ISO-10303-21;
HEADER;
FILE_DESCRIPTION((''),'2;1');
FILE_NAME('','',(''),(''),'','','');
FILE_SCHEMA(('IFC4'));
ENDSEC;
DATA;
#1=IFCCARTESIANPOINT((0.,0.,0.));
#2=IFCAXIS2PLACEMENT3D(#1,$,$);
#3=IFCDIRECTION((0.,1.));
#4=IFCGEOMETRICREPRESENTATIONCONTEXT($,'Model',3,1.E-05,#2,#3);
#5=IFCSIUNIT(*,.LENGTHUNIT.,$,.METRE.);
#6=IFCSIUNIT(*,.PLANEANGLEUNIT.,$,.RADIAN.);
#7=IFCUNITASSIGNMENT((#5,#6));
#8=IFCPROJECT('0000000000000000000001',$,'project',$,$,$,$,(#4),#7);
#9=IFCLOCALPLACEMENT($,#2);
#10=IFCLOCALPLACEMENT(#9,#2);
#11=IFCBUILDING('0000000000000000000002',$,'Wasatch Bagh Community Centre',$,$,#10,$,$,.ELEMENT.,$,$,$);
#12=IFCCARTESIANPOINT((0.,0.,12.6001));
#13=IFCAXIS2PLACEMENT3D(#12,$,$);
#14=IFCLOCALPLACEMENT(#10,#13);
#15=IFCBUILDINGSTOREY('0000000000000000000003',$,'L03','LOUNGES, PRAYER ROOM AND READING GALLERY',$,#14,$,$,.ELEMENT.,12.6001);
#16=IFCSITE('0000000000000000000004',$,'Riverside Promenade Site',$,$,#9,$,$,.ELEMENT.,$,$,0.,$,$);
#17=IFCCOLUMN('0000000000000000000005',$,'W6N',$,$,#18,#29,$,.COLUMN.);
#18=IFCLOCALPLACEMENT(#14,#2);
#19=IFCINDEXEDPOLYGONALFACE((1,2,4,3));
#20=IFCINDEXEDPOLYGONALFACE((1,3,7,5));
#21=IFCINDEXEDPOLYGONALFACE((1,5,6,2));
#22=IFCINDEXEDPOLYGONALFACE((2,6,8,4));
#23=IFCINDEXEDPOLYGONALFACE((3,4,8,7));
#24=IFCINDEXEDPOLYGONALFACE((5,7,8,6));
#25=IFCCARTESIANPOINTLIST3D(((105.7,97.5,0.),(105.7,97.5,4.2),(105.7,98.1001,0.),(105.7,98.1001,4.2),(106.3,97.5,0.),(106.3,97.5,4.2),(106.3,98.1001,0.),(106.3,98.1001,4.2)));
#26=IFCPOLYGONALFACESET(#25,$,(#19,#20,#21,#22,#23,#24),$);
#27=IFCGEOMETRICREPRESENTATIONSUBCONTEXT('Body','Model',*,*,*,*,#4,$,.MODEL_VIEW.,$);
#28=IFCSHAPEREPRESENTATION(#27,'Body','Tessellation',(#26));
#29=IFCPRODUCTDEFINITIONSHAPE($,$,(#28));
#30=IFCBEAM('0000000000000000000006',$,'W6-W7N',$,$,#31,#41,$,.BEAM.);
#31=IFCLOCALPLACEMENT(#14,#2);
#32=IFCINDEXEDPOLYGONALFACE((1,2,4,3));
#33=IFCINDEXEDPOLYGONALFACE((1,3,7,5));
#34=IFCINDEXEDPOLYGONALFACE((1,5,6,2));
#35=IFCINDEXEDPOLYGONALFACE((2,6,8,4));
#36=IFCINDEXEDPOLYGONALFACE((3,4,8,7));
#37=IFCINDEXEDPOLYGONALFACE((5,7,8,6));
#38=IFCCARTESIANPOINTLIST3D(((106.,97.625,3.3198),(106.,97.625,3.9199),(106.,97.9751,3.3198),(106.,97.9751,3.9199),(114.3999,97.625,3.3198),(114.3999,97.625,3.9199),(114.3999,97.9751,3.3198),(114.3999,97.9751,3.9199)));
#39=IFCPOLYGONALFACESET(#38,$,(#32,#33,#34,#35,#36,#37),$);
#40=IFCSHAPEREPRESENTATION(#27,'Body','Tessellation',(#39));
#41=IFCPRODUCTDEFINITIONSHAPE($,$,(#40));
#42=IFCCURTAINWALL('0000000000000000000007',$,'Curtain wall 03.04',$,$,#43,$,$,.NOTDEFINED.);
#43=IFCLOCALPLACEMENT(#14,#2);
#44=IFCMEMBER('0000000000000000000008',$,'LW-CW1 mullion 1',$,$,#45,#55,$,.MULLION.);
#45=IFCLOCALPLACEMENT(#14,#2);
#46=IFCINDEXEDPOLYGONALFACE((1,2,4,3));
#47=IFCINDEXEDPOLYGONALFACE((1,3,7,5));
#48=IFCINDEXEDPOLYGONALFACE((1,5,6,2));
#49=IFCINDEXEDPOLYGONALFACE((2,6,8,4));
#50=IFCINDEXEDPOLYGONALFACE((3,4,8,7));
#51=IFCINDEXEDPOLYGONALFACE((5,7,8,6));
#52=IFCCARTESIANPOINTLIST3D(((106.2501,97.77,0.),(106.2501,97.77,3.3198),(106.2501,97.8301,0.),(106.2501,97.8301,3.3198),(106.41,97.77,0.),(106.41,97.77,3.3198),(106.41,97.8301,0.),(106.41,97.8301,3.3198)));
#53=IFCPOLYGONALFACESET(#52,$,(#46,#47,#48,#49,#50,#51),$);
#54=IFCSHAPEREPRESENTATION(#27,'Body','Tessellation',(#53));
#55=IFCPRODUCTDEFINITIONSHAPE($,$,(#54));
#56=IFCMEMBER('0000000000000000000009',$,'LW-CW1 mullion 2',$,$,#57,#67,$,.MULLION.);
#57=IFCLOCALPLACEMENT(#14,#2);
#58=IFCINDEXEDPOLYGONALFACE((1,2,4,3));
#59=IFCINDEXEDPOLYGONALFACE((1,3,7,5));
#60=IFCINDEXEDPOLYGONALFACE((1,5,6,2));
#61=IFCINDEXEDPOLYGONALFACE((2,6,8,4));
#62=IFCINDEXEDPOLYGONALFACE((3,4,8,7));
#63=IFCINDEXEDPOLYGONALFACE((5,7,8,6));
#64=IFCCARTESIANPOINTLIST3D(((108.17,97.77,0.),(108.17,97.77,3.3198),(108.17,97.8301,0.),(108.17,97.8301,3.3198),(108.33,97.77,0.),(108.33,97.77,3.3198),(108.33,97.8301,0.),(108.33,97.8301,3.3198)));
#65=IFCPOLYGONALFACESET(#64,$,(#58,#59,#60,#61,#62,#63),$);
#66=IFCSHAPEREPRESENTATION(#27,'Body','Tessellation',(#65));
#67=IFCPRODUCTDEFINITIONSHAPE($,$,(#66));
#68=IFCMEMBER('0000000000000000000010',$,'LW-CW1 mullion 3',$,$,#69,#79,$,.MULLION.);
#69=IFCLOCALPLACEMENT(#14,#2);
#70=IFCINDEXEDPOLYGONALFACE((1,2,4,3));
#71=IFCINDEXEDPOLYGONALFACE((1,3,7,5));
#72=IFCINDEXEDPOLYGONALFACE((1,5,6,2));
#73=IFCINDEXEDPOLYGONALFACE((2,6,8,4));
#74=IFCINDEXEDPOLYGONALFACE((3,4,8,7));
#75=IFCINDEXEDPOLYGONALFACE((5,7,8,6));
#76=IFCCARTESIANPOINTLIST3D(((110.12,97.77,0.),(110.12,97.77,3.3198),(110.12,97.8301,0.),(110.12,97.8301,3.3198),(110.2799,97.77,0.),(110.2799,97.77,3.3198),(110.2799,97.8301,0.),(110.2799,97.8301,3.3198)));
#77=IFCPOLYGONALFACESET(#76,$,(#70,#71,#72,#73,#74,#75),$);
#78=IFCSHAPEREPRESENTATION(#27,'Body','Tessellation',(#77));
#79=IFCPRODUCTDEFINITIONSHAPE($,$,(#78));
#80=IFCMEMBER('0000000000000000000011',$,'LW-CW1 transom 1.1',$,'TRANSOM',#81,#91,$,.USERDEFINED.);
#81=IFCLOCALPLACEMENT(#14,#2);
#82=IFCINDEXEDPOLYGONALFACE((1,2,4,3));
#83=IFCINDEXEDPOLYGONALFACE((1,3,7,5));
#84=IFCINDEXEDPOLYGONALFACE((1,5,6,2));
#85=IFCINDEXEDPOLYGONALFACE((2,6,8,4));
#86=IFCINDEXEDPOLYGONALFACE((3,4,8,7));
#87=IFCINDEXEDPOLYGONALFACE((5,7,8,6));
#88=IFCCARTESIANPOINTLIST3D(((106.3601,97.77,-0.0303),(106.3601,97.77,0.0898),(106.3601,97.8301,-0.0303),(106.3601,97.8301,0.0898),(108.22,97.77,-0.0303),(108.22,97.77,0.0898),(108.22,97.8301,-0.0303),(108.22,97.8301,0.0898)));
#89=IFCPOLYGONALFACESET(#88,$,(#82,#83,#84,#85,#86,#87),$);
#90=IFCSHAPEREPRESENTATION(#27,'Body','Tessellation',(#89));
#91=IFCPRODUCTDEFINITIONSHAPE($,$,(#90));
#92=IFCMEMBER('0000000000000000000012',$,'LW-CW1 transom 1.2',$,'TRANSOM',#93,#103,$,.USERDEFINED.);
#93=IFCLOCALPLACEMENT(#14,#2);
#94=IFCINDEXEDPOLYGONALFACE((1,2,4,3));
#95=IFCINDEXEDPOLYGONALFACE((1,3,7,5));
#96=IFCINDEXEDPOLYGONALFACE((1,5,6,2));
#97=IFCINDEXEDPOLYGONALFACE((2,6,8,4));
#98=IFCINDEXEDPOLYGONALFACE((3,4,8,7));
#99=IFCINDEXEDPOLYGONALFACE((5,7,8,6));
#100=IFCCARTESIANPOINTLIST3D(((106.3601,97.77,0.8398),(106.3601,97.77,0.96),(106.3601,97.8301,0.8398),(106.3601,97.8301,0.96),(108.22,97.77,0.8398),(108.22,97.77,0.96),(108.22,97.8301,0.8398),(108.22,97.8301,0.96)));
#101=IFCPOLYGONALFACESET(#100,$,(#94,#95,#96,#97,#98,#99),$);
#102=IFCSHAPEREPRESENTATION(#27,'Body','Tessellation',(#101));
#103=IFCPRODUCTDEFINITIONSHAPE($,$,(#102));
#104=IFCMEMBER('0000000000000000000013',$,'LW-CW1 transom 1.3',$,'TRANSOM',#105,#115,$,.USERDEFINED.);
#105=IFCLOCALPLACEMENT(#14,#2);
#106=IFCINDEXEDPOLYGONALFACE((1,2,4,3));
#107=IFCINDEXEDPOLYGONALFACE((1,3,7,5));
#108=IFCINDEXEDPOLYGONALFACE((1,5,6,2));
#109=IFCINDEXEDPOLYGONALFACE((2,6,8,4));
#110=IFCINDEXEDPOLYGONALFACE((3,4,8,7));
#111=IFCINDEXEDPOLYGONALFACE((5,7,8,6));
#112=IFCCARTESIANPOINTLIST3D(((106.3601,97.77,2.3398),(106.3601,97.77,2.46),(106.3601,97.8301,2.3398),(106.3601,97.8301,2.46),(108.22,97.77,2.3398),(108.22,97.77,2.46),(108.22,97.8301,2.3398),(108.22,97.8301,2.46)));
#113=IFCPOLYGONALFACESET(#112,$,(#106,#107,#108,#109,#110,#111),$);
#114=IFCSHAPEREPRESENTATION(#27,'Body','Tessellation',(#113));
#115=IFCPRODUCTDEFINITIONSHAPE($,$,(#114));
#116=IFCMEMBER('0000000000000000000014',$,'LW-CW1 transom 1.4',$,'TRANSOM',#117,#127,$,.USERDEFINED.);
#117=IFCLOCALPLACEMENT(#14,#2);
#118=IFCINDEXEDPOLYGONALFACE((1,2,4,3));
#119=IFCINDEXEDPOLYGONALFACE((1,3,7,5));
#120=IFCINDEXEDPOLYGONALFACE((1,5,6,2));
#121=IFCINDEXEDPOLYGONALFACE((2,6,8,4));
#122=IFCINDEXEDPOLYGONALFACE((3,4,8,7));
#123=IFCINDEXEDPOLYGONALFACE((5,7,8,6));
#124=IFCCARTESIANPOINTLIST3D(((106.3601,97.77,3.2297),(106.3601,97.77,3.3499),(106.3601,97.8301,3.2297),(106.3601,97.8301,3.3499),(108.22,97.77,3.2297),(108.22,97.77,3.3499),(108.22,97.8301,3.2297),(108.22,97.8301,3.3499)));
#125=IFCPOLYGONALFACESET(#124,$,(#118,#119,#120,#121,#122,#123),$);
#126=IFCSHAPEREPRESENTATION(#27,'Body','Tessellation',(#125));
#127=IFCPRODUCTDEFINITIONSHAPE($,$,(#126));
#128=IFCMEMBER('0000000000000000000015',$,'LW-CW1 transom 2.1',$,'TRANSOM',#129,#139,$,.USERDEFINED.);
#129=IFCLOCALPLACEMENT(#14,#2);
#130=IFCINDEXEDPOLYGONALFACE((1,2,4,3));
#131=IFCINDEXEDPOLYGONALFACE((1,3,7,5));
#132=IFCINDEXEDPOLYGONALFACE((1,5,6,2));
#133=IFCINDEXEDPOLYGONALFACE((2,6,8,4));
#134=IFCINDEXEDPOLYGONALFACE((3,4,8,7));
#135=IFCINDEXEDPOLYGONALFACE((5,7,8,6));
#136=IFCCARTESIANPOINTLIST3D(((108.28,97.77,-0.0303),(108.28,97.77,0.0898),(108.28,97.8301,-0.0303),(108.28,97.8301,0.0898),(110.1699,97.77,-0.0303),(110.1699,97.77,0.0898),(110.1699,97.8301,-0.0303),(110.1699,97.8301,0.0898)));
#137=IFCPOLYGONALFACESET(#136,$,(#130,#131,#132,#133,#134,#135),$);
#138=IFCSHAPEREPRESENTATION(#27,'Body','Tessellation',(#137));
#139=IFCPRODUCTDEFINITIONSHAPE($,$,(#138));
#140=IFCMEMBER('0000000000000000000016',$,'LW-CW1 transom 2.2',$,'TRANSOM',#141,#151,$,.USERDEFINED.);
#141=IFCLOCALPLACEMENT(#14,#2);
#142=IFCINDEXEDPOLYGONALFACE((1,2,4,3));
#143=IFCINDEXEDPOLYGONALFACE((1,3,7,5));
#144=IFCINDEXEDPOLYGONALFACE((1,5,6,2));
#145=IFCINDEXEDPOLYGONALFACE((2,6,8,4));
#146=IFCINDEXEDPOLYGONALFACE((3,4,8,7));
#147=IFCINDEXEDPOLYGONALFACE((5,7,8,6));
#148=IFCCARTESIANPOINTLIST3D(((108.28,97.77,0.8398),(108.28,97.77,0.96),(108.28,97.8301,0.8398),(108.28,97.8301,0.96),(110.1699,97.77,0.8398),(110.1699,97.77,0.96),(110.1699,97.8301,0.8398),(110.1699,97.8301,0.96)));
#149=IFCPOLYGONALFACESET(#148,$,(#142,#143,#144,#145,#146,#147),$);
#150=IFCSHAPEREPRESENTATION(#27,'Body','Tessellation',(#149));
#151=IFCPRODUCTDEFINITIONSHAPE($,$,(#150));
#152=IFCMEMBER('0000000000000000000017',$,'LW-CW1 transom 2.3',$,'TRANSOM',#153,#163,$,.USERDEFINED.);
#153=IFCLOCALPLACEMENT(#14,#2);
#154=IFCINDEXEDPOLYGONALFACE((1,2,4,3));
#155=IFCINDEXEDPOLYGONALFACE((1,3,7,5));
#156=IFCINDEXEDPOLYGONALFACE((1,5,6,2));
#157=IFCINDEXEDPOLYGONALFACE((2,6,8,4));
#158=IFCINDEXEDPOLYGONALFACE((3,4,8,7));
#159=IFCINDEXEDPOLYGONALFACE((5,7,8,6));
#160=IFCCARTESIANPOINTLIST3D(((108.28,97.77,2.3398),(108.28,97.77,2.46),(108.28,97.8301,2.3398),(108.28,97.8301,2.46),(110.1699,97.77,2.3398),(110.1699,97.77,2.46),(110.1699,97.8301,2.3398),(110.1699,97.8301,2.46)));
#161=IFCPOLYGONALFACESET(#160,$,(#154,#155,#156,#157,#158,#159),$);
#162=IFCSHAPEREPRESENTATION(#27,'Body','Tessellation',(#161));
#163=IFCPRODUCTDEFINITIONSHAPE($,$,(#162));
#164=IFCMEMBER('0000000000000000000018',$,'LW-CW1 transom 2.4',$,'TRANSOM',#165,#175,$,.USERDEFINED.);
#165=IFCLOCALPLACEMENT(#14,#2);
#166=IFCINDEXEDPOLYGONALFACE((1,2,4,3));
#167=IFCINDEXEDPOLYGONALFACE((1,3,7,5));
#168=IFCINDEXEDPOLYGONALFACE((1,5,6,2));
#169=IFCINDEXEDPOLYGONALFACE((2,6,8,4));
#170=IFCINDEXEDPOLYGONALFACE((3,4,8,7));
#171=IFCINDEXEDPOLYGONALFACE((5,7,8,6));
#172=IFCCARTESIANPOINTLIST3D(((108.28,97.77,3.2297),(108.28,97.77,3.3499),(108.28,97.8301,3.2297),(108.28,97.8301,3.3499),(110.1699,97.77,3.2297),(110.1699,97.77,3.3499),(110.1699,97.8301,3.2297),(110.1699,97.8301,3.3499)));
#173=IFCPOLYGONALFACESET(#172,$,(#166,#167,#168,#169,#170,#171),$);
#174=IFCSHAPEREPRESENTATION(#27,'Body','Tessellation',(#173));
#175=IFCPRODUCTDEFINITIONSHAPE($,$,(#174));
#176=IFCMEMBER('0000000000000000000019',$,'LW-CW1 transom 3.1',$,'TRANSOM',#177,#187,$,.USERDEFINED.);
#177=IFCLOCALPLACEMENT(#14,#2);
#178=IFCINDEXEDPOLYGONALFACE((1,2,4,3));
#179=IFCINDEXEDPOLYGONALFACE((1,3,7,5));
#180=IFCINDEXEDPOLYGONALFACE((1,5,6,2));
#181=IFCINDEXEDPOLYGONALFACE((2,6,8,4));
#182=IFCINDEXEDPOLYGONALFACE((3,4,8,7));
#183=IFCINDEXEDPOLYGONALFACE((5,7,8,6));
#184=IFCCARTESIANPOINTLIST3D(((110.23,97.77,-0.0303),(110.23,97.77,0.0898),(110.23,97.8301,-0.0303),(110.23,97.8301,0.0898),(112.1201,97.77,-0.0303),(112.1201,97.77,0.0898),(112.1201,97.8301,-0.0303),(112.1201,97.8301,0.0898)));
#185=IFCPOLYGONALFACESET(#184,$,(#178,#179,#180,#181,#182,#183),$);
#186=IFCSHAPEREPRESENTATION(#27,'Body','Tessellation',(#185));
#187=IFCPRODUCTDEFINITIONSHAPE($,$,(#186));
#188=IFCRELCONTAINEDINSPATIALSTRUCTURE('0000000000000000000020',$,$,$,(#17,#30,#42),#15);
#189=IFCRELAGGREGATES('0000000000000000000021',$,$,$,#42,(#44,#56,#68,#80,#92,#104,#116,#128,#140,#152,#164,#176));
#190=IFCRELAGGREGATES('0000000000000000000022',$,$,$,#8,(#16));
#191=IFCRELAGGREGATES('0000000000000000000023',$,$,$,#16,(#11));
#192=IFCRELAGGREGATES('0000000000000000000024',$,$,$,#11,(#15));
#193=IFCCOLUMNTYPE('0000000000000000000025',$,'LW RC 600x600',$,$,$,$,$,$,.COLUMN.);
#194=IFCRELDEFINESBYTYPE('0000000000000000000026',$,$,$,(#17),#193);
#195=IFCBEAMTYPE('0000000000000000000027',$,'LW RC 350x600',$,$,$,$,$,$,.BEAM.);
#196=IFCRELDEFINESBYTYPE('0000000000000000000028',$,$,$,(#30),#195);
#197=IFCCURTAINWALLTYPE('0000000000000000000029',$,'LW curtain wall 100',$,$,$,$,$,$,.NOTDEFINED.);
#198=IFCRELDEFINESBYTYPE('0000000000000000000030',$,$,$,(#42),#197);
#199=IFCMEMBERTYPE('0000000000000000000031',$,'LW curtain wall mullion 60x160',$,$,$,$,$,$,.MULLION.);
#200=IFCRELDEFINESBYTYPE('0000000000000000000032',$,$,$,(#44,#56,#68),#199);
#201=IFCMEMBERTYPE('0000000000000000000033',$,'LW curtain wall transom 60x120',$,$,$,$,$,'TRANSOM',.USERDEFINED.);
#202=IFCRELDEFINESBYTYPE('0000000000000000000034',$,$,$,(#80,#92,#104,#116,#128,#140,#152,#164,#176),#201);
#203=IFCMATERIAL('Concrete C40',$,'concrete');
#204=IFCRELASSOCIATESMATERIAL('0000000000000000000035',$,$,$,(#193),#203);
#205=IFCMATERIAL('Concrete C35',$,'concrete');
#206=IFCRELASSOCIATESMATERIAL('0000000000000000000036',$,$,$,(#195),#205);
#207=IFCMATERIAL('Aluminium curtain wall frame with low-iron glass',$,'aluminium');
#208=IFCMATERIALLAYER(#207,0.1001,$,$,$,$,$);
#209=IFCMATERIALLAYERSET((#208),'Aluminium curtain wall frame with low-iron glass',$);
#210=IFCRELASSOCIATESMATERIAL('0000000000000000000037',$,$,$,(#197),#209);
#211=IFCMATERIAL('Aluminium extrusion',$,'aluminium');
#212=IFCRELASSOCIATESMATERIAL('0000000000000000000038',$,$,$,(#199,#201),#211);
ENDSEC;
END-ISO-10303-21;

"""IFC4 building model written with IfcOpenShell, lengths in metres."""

from ifc_helpers import new_model, si_unit, direction, frame, origin, origin_2d, place, context, subcontext, project, spatial, rectangle, extrude, material, layer, layer_set, material_profile, profile_set, type_object, element, aggregate, save


model = new_model("IFC4")

# Units and contexts
model_context = context("Model", 3, precision=1e-05, world=origin(), true_north=direction((0.0, 1.0)))
body_context = subcontext(model_context, "Body", "Model", "MODEL_VIEW")
ifc_project = project(units=[si_unit("LENGTHUNIT", "METRE"), si_unit("PLANEANGLEUNIT", "RADIAN")], contexts=[model_context])

# Site, building, storey
site_placement = place(None, origin())
site = spatial("IfcSite", under=ifc_project, at=site_placement, Name="Riverside Promenade Site", CompositionType="ELEMENT", RefElevation=0.0)
building_placement = place(site_placement, origin())
building = spatial("IfcBuilding", under=site, at=building_placement, Name="Wasatch Bagh Community Centre", CompositionType="ELEMENT")
storey_placement = place(building_placement, frame((0.0, 0.0, 12.6001)))
storey = spatial("IfcBuildingStorey", under=building, at=storey_placement, Name="L03", Description="LOUNGES, PRAYER ROOM AND READING GALLERY", CompositionType="ELEMENT", Elevation=12.6001)

# Column
ifc_material_1 = material(Name="Concrete C40", Category="concrete")
ifc_material_profile_1 = material_profile(ifc_material_1, rectangle(XDim=0.6001, YDim=0.6001, at=origin_2d()), Name="RC 600x600")
ifc_profile_set_1 = profile_set([ifc_material_profile_1], Name="Concrete C40")
column_type = type_object("IfcColumnType", Name="LW RC 600x600", PredefinedType="COLUMN", material=ifc_profile_set_1)
column_placement = place(storey_placement, frame((106.0, 97.8, 0.0), z_axis=(0.0, 0.0, 1.0), x_axis=(1.0, 0.0, 0.0)))
element("IfcColumn", 1, at=column_placement, inside=storey, type_object=column_type, Name="W6N", PredefinedType="COLUMN", context=body_context, shape_type="SweptSolid", body=[
    extrude(rectangle(XDim=0.6001, YDim=0.6001, at=origin_2d()), origin(), (0.0, 0.0, 1.0), 4.2),
])

# Beam
ifc_material_2 = material(Name="Concrete C35", Category="concrete")
ifc_material_profile_2 = material_profile(ifc_material_2, rectangle(XDim=0.3501, YDim=0.6001, at=origin_2d()), Name="RC 350x600")
ifc_profile_set_2 = profile_set([ifc_material_profile_2], Name="Concrete C35")
beam_type = type_object("IfcBeamType", Name="LW RC 350x600", PredefinedType="BEAM", material=ifc_profile_set_2)
beam_placement = place(storey_placement, frame((106.0, 97.8, 3.6199), z_axis=(1.0, 0.0, 0.0), x_axis=(0.0, 1.0, 0.0)))
element("IfcBeam", 2, at=beam_placement, inside=storey, type_object=beam_type, Name="W6-W7N", PredefinedType="BEAM", context=body_context, shape_type="SweptSolid", body=[
    extrude(rectangle(XDim=0.3501, YDim=0.6001, at=origin_2d()), origin(), (0.0, 0.0, 1.0), 8.3999),
])

# Curtain wall, members
ifc_material_3 = material(Name="Aluminium curtain wall frame with low-iron glass", Category="aluminium")
ifc_layer_1 = layer(ifc_material_3, 0.1001)
ifc_layer_set_1 = layer_set([ifc_layer_1], Name="Aluminium curtain wall frame with low-iron glass")
curtain_wall_type = type_object("IfcCurtainWallType", Name="LW curtain wall 100", PredefinedType="NOTDEFINED", material=ifc_layer_set_1)
curtain_wall_placement = place(storey_placement, origin())
curtain_wall = element("IfcCurtainWall", 3, at=curtain_wall_placement, inside=storey, type_object=curtain_wall_type, Name="Curtain wall 03.04", PredefinedType="NOTDEFINED")
ifc_material_4 = material(Name="Aluminium extrusion", Category="aluminium")
ifc_material_profile_3 = material_profile(ifc_material_4, rectangle(XDim=0.0601, YDim=0.1599, at=origin_2d()), Name="AL 60x160")
ifc_profile_set_3 = profile_set([ifc_material_profile_3], Name="Aluminium extrusion")
member_type_1 = type_object("IfcMemberType", Name="LW curtain wall mullion 60x160", PredefinedType="MULLION", material=ifc_profile_set_3)
member_1_placement = place(storey_placement, frame((106.3301, 97.8, 0.0), z_axis=(0.0, 0.0, 1.0), x_axis=(0.0, 1.0, 0.0)))
member_1 = element("IfcMember", 4, at=member_1_placement, type_object=member_type_1, Name="LW-CW1 mullion 1", PredefinedType="MULLION", context=body_context, shape_type="SweptSolid", body=[
    extrude(rectangle(XDim=0.0601, YDim=0.1599, at=origin_2d()), origin(), (0.0, 0.0, 1.0), 3.3198),
])
member_2_placement = place(storey_placement, frame((108.25, 97.8, 0.0), z_axis=(0.0, 0.0, 1.0), x_axis=(0.0, 1.0, 0.0)))
member_2 = element("IfcMember", 5, at=member_2_placement, type_object=member_type_1, Name="LW-CW1 mullion 2", PredefinedType="MULLION", context=body_context, shape_type="SweptSolid", body=[
    extrude(rectangle(XDim=0.0601, YDim=0.1599, at=origin_2d()), origin(), (0.0, 0.0, 1.0), 3.3198),
])
member_3_placement = place(storey_placement, frame((110.2, 97.8, 0.0), z_axis=(0.0, 0.0, 1.0), x_axis=(0.0, 1.0, 0.0)))
member_3 = element("IfcMember", 6, at=member_3_placement, type_object=member_type_1, Name="LW-CW1 mullion 3", PredefinedType="MULLION", context=body_context, shape_type="SweptSolid", body=[
    extrude(rectangle(XDim=0.0601, YDim=0.1599, at=origin_2d()), origin(), (0.0, 0.0, 1.0), 3.3198),
])
ifc_material_profile_4 = material_profile(ifc_material_4, rectangle(XDim=0.0601, YDim=0.1201, at=origin_2d()), Name="AL 60x120")
ifc_profile_set_4 = profile_set([ifc_material_profile_4], Name="Aluminium extrusion")
member_type_2 = type_object("IfcMemberType", Name="LW curtain wall transom 60x120", ElementType="TRANSOM", PredefinedType="USERDEFINED", material=ifc_profile_set_4)
member_4_placement = place(storey_placement, frame((106.3601, 97.8, 0.0298), z_axis=(1.0, 0.0, 0.0), x_axis=(0.0, 1.0, 0.0)))
member_4 = element("IfcMember", 7, at=member_4_placement, type_object=member_type_2, Name="LW-CW1 transom 1.1", ObjectType="TRANSOM", PredefinedType="USERDEFINED", context=body_context, shape_type="SweptSolid", body=[
    extrude(rectangle(XDim=0.0601, YDim=0.1201, at=origin_2d()), origin(), (0.0, 0.0, 1.0), 1.8599),
])
member_5_placement = place(storey_placement, frame((106.3601, 97.8, 0.8999), z_axis=(1.0, 0.0, 0.0), x_axis=(0.0, 1.0, 0.0)))
member_5 = element("IfcMember", 8, at=member_5_placement, type_object=member_type_2, Name="LW-CW1 transom 1.2", ObjectType="TRANSOM", PredefinedType="USERDEFINED", context=body_context, shape_type="SweptSolid", body=[
    extrude(rectangle(XDim=0.0601, YDim=0.1201, at=origin_2d()), origin(), (0.0, 0.0, 1.0), 1.8599),
])
member_6_placement = place(storey_placement, frame((106.3601, 97.8, 2.3999), z_axis=(1.0, 0.0, 0.0), x_axis=(0.0, 1.0, 0.0)))
member_6 = element("IfcMember", 9, at=member_6_placement, type_object=member_type_2, Name="LW-CW1 transom 1.3", ObjectType="TRANSOM", PredefinedType="USERDEFINED", context=body_context, shape_type="SweptSolid", body=[
    extrude(rectangle(XDim=0.0601, YDim=0.1201, at=origin_2d()), origin(), (0.0, 0.0, 1.0), 1.8599),
])
member_7_placement = place(storey_placement, frame((106.3601, 97.8, 3.2898), z_axis=(1.0, 0.0, 0.0), x_axis=(0.0, 1.0, 0.0)))
member_7 = element("IfcMember", 10, at=member_7_placement, type_object=member_type_2, Name="LW-CW1 transom 1.4", ObjectType="TRANSOM", PredefinedType="USERDEFINED", context=body_context, shape_type="SweptSolid", body=[
    extrude(rectangle(XDim=0.0601, YDim=0.1201, at=origin_2d()), origin(), (0.0, 0.0, 1.0), 1.8599),
])
member_8_placement = place(storey_placement, frame((108.28, 97.8, 0.0298), z_axis=(1.0, 0.0, 0.0), x_axis=(0.0, 1.0, 0.0)))
member_8 = element("IfcMember", 11, at=member_8_placement, type_object=member_type_2, Name="LW-CW1 transom 2.1", ObjectType="TRANSOM", PredefinedType="USERDEFINED", context=body_context, shape_type="SweptSolid", body=[
    extrude(rectangle(XDim=0.0601, YDim=0.1201, at=origin_2d()), origin(), (0.0, 0.0, 1.0), 1.8899),
])
member_9_placement = place(storey_placement, frame((108.28, 97.8, 0.8999), z_axis=(1.0, 0.0, 0.0), x_axis=(0.0, 1.0, 0.0)))
member_9 = element("IfcMember", 12, at=member_9_placement, type_object=member_type_2, Name="LW-CW1 transom 2.2", ObjectType="TRANSOM", PredefinedType="USERDEFINED", context=body_context, shape_type="SweptSolid", body=[
    extrude(rectangle(XDim=0.0601, YDim=0.1201, at=origin_2d()), origin(), (0.0, 0.0, 1.0), 1.8899),
])
member_10_placement = place(storey_placement, frame((108.28, 97.8, 2.3999), z_axis=(1.0, 0.0, 0.0), x_axis=(0.0, 1.0, 0.0)))
member_10 = element("IfcMember", 13, at=member_10_placement, type_object=member_type_2, Name="LW-CW1 transom 2.3", ObjectType="TRANSOM", PredefinedType="USERDEFINED", context=body_context, shape_type="SweptSolid", body=[
    extrude(rectangle(XDim=0.0601, YDim=0.1201, at=origin_2d()), origin(), (0.0, 0.0, 1.0), 1.8899),
])
member_11_placement = place(storey_placement, frame((108.28, 97.8, 3.2898), z_axis=(1.0, 0.0, 0.0), x_axis=(0.0, 1.0, 0.0)))
member_11 = element("IfcMember", 14, at=member_11_placement, type_object=member_type_2, Name="LW-CW1 transom 2.4", ObjectType="TRANSOM", PredefinedType="USERDEFINED", context=body_context, shape_type="SweptSolid", body=[
    extrude(rectangle(XDim=0.0601, YDim=0.1201, at=origin_2d()), origin(), (0.0, 0.0, 1.0), 1.8899),
])
member_12_placement = place(storey_placement, frame((110.23, 97.8, 0.0298), z_axis=(1.0, 0.0, 0.0), x_axis=(0.0, 1.0, 0.0)))
member_12 = element("IfcMember", 15, at=member_12_placement, type_object=member_type_2, Name="LW-CW1 transom 3.1", ObjectType="TRANSOM", PredefinedType="USERDEFINED", context=body_context, shape_type="SweptSolid", body=[
    extrude(rectangle(XDim=0.0601, YDim=0.1201, at=origin_2d()), origin(), (0.0, 0.0, 1.0), 1.8901),
])
aggregate(curtain_wall, [member_1, member_2, member_3, member_4, member_5, member_6, member_7, member_8, member_9, member_10, member_11, member_12])

save(model, "model.ifc")
